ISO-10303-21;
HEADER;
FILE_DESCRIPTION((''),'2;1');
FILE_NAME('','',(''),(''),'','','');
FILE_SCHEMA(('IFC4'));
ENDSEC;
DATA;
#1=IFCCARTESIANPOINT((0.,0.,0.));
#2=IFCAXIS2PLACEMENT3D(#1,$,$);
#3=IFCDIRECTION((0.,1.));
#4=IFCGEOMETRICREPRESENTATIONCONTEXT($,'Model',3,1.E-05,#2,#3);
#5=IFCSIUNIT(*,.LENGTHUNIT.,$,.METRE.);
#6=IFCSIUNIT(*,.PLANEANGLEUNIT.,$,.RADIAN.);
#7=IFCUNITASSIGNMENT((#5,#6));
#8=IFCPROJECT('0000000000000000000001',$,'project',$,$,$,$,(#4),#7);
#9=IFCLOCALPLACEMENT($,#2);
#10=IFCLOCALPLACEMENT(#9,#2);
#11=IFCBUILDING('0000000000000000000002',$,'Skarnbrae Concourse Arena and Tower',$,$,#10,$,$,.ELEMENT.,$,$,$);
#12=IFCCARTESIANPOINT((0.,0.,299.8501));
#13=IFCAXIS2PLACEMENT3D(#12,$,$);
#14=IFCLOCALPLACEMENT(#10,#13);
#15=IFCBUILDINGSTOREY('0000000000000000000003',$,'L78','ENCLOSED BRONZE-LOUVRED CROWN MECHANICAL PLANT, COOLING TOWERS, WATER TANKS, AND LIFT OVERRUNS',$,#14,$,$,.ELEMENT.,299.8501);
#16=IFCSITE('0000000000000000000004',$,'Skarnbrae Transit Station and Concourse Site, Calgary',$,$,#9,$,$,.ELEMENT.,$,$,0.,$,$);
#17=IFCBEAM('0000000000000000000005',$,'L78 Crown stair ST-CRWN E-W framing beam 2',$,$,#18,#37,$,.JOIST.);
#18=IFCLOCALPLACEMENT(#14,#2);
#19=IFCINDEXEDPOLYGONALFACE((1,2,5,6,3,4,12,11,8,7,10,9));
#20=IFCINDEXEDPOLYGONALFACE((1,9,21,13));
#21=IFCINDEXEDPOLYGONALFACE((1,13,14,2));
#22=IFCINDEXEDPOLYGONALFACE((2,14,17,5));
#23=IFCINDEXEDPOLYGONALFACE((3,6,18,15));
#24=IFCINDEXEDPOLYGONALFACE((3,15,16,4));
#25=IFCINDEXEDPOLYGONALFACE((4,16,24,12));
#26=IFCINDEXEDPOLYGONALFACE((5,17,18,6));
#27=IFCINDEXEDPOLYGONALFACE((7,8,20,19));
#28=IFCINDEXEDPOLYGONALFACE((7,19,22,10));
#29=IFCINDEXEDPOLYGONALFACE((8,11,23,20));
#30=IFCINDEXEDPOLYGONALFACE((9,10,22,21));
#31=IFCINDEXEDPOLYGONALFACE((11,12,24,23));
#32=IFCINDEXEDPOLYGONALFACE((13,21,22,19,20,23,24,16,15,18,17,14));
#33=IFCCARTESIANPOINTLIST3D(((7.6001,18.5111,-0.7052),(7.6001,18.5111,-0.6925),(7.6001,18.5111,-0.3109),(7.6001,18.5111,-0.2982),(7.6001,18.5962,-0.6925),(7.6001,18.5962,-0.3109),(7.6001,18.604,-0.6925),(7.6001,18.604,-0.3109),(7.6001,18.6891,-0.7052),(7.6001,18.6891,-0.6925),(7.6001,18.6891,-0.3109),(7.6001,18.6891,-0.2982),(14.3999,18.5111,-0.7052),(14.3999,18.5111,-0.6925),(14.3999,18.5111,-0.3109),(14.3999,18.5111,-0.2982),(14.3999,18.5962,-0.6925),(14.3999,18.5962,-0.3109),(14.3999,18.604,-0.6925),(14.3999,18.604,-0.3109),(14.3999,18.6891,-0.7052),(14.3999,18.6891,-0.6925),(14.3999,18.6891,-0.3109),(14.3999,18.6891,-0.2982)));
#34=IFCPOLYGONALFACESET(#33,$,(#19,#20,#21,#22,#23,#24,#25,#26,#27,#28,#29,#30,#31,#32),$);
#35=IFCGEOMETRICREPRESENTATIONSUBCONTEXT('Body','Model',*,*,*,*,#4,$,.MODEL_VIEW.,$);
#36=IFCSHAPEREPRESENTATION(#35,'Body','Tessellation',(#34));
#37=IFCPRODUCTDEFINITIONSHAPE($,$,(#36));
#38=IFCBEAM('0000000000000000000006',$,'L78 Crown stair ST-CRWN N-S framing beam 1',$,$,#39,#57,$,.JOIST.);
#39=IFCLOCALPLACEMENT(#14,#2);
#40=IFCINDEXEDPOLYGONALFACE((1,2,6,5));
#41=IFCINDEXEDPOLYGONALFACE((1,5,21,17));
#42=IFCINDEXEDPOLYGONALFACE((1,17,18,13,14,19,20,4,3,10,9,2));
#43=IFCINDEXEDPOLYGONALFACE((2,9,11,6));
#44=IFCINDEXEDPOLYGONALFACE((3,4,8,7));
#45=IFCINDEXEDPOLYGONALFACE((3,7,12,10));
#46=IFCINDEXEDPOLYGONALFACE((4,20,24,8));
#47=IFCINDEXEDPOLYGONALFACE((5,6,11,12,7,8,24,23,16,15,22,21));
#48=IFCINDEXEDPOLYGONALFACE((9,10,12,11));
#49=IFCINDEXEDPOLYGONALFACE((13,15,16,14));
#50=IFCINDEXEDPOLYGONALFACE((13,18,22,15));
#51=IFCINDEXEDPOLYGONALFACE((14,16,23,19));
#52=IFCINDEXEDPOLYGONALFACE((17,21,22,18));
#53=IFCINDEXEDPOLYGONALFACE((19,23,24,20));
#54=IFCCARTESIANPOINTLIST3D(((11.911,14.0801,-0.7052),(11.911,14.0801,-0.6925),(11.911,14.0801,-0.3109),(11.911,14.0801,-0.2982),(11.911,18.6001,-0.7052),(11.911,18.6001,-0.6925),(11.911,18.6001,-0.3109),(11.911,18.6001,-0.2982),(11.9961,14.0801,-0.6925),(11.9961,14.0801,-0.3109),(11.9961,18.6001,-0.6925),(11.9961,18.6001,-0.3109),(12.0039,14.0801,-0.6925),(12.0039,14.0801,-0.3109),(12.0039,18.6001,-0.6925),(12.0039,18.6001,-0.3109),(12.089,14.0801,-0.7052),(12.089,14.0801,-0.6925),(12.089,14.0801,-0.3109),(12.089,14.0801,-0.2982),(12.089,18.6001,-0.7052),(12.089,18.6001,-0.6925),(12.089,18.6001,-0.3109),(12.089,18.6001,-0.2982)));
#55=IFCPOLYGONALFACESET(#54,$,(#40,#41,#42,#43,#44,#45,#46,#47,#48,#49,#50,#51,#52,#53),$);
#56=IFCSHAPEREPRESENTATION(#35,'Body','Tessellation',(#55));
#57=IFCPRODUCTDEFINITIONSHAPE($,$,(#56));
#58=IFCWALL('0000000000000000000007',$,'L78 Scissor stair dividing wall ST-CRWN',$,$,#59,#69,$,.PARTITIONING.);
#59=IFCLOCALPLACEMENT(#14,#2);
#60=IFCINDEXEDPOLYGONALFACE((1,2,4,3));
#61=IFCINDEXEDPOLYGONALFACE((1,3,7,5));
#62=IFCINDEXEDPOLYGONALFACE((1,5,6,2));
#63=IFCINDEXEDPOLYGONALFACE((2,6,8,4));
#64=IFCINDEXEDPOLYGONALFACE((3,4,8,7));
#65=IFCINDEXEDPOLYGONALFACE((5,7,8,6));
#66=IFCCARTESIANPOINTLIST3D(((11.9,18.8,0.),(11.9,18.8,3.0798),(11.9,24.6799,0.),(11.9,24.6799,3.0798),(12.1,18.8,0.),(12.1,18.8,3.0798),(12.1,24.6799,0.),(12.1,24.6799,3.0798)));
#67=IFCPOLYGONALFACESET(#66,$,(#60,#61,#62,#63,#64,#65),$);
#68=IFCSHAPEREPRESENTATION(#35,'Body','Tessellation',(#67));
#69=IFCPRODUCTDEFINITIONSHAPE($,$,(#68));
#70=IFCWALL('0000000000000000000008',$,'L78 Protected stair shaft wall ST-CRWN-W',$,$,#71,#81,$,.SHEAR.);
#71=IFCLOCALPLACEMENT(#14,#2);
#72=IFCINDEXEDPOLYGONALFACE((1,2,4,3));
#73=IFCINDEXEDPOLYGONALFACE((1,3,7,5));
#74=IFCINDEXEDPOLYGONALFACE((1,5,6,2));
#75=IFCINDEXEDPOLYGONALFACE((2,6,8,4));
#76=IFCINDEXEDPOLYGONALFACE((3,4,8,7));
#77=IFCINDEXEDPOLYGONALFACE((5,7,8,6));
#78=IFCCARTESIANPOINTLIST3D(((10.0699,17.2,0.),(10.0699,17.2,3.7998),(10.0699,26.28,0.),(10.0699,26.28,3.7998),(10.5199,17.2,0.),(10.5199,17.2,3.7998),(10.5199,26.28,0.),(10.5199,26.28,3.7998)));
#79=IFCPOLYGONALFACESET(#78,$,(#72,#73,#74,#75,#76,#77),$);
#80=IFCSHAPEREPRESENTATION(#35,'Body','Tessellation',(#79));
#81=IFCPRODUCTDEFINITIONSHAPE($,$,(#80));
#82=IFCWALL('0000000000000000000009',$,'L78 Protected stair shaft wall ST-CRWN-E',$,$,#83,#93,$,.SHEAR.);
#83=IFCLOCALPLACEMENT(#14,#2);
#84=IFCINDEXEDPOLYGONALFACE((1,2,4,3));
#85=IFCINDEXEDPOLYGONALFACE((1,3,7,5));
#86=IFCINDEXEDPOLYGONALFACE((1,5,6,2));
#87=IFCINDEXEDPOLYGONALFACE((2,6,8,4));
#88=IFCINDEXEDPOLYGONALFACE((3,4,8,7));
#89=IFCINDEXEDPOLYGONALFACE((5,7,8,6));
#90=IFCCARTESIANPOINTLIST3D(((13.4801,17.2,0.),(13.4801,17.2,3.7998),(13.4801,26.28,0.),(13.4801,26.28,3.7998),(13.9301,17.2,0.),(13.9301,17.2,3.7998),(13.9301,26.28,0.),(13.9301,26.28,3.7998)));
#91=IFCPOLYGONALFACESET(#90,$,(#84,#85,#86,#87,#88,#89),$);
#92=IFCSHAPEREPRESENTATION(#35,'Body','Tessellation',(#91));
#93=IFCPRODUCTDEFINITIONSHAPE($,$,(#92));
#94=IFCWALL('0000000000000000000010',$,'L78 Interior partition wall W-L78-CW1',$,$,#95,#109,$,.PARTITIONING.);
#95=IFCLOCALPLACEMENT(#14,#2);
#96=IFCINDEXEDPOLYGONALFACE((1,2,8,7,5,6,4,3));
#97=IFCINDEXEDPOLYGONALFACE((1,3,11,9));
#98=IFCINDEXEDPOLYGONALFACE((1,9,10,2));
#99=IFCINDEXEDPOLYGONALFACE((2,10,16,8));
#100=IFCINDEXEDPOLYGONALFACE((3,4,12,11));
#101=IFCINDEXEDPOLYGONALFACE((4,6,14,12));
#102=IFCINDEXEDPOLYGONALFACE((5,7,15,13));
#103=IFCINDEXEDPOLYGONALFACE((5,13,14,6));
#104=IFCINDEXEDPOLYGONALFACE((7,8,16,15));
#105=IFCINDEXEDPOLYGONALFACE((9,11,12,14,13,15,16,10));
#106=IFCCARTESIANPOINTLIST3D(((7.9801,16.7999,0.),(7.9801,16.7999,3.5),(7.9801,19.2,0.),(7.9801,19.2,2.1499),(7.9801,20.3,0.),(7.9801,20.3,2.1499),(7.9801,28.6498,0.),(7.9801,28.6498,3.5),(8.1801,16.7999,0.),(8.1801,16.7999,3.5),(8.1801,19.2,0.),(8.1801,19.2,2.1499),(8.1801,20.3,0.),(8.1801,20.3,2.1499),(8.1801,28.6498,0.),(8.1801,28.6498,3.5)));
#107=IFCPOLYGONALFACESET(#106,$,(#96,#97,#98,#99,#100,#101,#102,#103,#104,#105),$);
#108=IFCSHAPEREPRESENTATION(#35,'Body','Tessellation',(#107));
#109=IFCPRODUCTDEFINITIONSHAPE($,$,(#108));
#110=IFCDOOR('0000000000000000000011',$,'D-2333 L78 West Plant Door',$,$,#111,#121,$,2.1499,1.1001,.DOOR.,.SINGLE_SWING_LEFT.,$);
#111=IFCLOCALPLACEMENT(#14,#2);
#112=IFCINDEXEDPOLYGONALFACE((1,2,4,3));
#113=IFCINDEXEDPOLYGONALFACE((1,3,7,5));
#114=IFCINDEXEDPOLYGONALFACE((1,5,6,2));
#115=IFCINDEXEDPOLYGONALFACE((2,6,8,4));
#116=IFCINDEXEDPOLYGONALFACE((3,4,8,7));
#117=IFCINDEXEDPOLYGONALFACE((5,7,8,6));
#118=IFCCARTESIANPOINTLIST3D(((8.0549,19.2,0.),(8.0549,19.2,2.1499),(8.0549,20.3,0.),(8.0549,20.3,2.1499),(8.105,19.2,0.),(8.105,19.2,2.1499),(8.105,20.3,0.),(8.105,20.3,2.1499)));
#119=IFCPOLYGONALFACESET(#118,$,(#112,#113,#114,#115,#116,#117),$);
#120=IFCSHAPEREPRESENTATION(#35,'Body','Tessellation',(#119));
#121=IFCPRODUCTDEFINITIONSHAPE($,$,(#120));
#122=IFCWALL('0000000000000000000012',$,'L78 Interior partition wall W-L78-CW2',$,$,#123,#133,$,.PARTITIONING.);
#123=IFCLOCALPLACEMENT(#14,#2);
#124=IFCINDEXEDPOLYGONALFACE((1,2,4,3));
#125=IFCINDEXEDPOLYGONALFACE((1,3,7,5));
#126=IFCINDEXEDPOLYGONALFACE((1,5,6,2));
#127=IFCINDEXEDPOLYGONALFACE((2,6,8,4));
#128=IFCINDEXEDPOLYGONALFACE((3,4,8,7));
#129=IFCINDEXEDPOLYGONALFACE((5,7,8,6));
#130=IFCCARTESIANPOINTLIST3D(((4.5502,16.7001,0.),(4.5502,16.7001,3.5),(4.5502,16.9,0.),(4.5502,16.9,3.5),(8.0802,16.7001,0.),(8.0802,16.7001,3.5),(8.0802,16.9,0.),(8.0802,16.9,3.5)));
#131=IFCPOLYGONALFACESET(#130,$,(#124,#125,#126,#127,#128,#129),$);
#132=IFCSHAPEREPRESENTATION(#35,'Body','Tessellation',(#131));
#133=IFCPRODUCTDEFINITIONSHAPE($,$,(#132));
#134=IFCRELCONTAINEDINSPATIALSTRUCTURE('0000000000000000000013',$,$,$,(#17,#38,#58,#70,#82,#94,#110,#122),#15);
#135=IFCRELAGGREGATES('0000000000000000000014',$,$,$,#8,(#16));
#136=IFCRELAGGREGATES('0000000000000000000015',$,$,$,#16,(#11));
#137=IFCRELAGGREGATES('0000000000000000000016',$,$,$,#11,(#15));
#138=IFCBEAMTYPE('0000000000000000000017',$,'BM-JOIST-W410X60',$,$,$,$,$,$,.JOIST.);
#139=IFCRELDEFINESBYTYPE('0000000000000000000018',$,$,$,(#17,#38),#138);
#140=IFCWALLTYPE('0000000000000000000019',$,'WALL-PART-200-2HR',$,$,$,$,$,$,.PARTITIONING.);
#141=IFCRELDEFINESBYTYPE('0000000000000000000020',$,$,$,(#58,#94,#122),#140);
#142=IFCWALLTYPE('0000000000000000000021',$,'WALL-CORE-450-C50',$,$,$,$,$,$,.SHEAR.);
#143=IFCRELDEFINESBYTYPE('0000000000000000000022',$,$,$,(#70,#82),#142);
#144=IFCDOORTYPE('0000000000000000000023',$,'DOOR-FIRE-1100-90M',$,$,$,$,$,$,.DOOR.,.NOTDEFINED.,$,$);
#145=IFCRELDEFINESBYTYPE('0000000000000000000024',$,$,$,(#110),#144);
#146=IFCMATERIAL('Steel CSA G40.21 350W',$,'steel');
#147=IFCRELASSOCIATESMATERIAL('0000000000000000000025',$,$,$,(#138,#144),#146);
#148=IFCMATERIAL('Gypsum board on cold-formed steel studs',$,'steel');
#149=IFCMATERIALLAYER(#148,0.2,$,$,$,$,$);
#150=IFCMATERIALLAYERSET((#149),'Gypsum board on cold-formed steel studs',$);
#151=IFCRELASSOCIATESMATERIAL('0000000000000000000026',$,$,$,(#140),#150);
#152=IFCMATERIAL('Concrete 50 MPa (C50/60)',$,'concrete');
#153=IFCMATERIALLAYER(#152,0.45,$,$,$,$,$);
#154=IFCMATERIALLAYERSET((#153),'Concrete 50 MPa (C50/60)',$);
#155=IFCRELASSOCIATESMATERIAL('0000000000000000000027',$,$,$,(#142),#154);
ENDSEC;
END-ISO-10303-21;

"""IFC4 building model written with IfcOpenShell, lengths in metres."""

from ifc_helpers import new_model, si_unit, direction, frame, frame_2d, origin, origin_2d, place, context, subcontext, project, spatial, rectangle, i_section, extrude, source, transform, mapped, material, layer, layer_set, material_profile, profile_set, type_object, element, fill, save


model = new_model("IFC4")

# Units and contexts
model_context = context("Model", 3, precision=1e-05, world=origin(), true_north=direction((0.0, 1.0)))
body_context = subcontext(model_context, "Body", "Model", "MODEL_VIEW")
ifc_project = project(units=[si_unit("LENGTHUNIT", "METRE"), si_unit("PLANEANGLEUNIT", "RADIAN")], contexts=[model_context])

# Site, building, storey
site_placement = place(None, origin())
site = spatial("IfcSite", under=ifc_project, at=site_placement, Name="Skarnbrae Transit Station and Concourse Site, Calgary", CompositionType="ELEMENT", RefElevation=0.0)
building_placement = place(site_placement, origin())
building = spatial("IfcBuilding", under=site, at=building_placement, Name="Skarnbrae Concourse Arena and Tower", CompositionType="ELEMENT")
storey_placement = place(building_placement, frame((0.0, 0.0, 299.8501)))
storey = spatial("IfcBuildingStorey", under=building, at=storey_placement, Name="L78", Description="ENCLOSED BRONZE-LOUVRED CROWN MECHANICAL PLANT, COOLING TOWERS, WATER TANKS, AND LIFT OVERRUNS", CompositionType="ELEMENT", Elevation=299.8501)

# Shared definitions
ifc_material_1 = material(Name="Steel CSA G40.21 350W", Category="steel")

# Beams
ifc_material_profile_1 = material_profile(ifc_material_1, i_section(OverallWidth=0.178, OverallDepth=0.407, WebThickness=0.0078, FlangeThickness=0.0127, at=origin_2d()), Name="W410X60")
ifc_profile_set_1 = profile_set([ifc_material_profile_1], Name="Steel CSA G40.21 350W")
beam_type_1 = type_object("IfcBeamType", Name="BM-JOIST-W410X60", PredefinedType="JOIST", material=ifc_profile_set_1)
shared_shape_1 = source(origin(), body_context, "Body", "SweptSolid", [
    extrude(i_section(OverallWidth=0.178, OverallDepth=0.407, WebThickness=0.0078, FlangeThickness=0.0127, at=origin_2d()), origin(), (0.0, 0.0, 1.0), 6.7998),
])
for number, where, z_axis, x_axis, name in (
    (1, (7.6001, 18.6001, -0.5017), (1.0, 0.0, 0.0), (0.0, 1.0, 0.0), "L78 Crown stair ST-CRWN E-W framing beam 2"),
):
    element("IfcBeam", number, at=place(storey_placement, frame(where, z_axis=z_axis, x_axis=x_axis)), inside=storey, type_object=beam_type_1, Name=name, PredefinedType="JOIST", context=body_context, shape_type="MappedRepresentation", body=[
        mapped(shared_shape_1, transform((0.0, 0.0, 0.0))),
    ])
shared_shape_2 = source(origin(), body_context, "Body", "SweptSolid", [
    extrude(i_section(OverallWidth=0.178, OverallDepth=0.407, WebThickness=0.0078, FlangeThickness=0.0127, at=origin_2d()), origin(), (0.0, 0.0, 1.0), 4.52),
])
beam_1_placement = place(storey_placement, frame((12.0, 14.0801, -0.5017), z_axis=(0.0, 1.0, 0.0), x_axis=(-1.0, 0.0, 0.0)))
element("IfcBeam", 2, at=beam_1_placement, inside=storey, type_object=beam_type_1, Name="L78 Crown stair ST-CRWN N-S framing beam 1", PredefinedType="JOIST", context=body_context, shape_type="MappedRepresentation", body=[
    mapped(shared_shape_2, transform((0.0, 0.0, 0.0))),
])

# Wall
ifc_material_2 = material(Name="Gypsum board on cold-formed steel studs", Category="steel")
ifc_layer_1 = layer(ifc_material_2, 0.2)
ifc_layer_set_1 = layer_set([ifc_layer_1], Name="Gypsum board on cold-formed steel studs")
wall_type_1 = type_object("IfcWallType", Name="WALL-PART-200-2HR", PredefinedType="PARTITIONING", material=ifc_layer_set_1)
shared_shape_3 = source(origin(), body_context, "Body", "SweptSolid", [
    extrude(rectangle(XDim=5.8799, YDim=0.2, at=frame_2d((2.9399, 0.0))), origin(), (0.0, 0.0, 1.0), 3.0798),
])
wall_1_placement = place(storey_placement, frame((12.0, 18.8, 0.0), z_axis=(0.0, 0.0, 1.0), x_axis=(0.0, 1.0, 0.0)))
element("IfcWall", 3, at=wall_1_placement, inside=storey, type_object=wall_type_1, Name="L78 Scissor stair dividing wall ST-CRWN", PredefinedType="PARTITIONING", context=body_context, shape_type="MappedRepresentation", body=[
    mapped(shared_shape_3, transform((0.0, 0.0, 0.0))),
])

# Shared definitions
ifc_material_3 = material(Name="Concrete 50 MPa (C50/60)", Category="concrete")
ifc_layer_2 = layer(ifc_material_3, 0.45)
ifc_layer_set_2 = layer_set([ifc_layer_2], Name="Concrete 50 MPa (C50/60)")
wall_type_2 = type_object("IfcWallType", Name="WALL-CORE-450-C50", PredefinedType="SHEAR", material=ifc_layer_set_2)
door_type = type_object("IfcDoorType", Name="DOOR-FIRE-1100-90M", OperationType="NOTDEFINED", PredefinedType="DOOR", material=ifc_material_1)
shared_shape_4 = source(origin(), body_context, "Body", "SweptSolid", [
    extrude(rectangle(XDim=1.1001, YDim=2.1499, at=frame_2d((0.55, 1.075))), frame((0.0, 0.0249, 0.0), z_axis=(0.0, -1.0, 0.0), x_axis=(1.0, 0.0, 0.0)), (0.0, 0.0, 1.0), 0.05),
])

# Walls
shared_shape_5 = source(origin(), body_context, "Body", "SweptSolid", [
    extrude(rectangle(XDim=9.0801, YDim=0.45, at=frame_2d((4.54, 0.0))), origin(), (0.0, 0.0, 1.0), 3.7998),
])
for number, where, z_axis, x_axis, name in (
    (4, (10.2949, 17.2, 0.0), (0.0, 0.0, 1.0), (0.0, 1.0, 0.0), "L78 Protected stair shaft wall ST-CRWN-W"),
    (5, (13.7051, 17.2, 0.0), (0.0, 0.0, 1.0), (0.0, 1.0, 0.0), "L78 Protected stair shaft wall ST-CRWN-E"),
):
    element("IfcWall", number, at=place(storey_placement, frame(where, z_axis=z_axis, x_axis=x_axis)), inside=storey, type_object=wall_type_2, Name=name, PredefinedType="SHEAR", context=body_context, shape_type="MappedRepresentation", body=[
        mapped(shared_shape_5, transform((0.0, 0.0, 0.0))),
    ])

# Wall, opening, door
shared_shape_6 = source(origin(), body_context, "Body", "SweptSolid", [
    extrude(rectangle(XDim=11.8499, YDim=0.2, at=frame_2d((5.9248, 0.0))), origin(), (0.0, 0.0, 1.0), 3.5),
])
wall_2_placement = place(storey_placement, frame((8.0801, 16.8, 0.0), z_axis=(0.0, 0.0, 1.0), x_axis=(0.0, 1.0, 0.0)))
wall_2 = element("IfcWall", 6, at=wall_2_placement, inside=storey, type_object=wall_type_1, Name="L78 Interior partition wall W-L78-CW1", PredefinedType="PARTITIONING", context=body_context, shape_type="MappedRepresentation", body=[
    mapped(shared_shape_6, transform((0.0, 0.0, 0.0))),
])
opening_1_placement = place(wall_2_placement, frame((2.3999, 0.0, 0.0)))
opening_1 = element("IfcOpeningElement", 7, at=opening_1_placement, cuts=wall_2, PredefinedType="OPENING", context=body_context, shape_type="SweptSolid", body=[
    extrude(rectangle(XDim=1.1001, YDim=2.1499, at=frame_2d((0.55, 1.075))), frame((0.0, 0.1099, 0.0), z_axis=(0.0, -1.0, 0.0), x_axis=(1.0, 0.0, 0.0)), (0.0, 0.0, 1.0), 0.22),
])
door_1_placement = place(opening_1_placement, frame((1.1001, 0.0, 0.0), z_axis=(0.0, 0.0, 1.0), x_axis=(-1.0, 0.0, 0.0)))
door_1 = element("IfcDoor", 8, at=door_1_placement, inside=storey, type_object=door_type, Name="D-2333 L78 West Plant Door", OperationType="SINGLE_SWING_LEFT", OverallHeight=2.1499, OverallWidth=1.1001, PredefinedType="DOOR", context=body_context, shape_type="MappedRepresentation", body=[
    mapped(shared_shape_4, transform((0.0, 0.0, 0.0))),
])
fill(opening_1, door_1)

# Wall
shared_shape_7 = source(origin(), body_context, "Body", "SweptSolid", [
    extrude(rectangle(XDim=3.53, YDim=0.2, at=frame_2d((1.7651, 0.0))), origin(), (0.0, 0.0, 1.0), 3.5),
])
wall_3_placement = place(storey_placement, frame((4.55, 16.8, 0.0), z_axis=(0.0, 0.0, 1.0), x_axis=(1.0, 0.0, 0.0)))
element("IfcWall", 9, at=wall_3_placement, inside=storey, type_object=wall_type_1, Name="L78 Interior partition wall W-L78-CW2", PredefinedType="PARTITIONING", context=body_context, shape_type="MappedRepresentation", body=[
    mapped(shared_shape_7, transform((0.0, 0.0, 0.0))),
])

save(model, "model.ifc")
